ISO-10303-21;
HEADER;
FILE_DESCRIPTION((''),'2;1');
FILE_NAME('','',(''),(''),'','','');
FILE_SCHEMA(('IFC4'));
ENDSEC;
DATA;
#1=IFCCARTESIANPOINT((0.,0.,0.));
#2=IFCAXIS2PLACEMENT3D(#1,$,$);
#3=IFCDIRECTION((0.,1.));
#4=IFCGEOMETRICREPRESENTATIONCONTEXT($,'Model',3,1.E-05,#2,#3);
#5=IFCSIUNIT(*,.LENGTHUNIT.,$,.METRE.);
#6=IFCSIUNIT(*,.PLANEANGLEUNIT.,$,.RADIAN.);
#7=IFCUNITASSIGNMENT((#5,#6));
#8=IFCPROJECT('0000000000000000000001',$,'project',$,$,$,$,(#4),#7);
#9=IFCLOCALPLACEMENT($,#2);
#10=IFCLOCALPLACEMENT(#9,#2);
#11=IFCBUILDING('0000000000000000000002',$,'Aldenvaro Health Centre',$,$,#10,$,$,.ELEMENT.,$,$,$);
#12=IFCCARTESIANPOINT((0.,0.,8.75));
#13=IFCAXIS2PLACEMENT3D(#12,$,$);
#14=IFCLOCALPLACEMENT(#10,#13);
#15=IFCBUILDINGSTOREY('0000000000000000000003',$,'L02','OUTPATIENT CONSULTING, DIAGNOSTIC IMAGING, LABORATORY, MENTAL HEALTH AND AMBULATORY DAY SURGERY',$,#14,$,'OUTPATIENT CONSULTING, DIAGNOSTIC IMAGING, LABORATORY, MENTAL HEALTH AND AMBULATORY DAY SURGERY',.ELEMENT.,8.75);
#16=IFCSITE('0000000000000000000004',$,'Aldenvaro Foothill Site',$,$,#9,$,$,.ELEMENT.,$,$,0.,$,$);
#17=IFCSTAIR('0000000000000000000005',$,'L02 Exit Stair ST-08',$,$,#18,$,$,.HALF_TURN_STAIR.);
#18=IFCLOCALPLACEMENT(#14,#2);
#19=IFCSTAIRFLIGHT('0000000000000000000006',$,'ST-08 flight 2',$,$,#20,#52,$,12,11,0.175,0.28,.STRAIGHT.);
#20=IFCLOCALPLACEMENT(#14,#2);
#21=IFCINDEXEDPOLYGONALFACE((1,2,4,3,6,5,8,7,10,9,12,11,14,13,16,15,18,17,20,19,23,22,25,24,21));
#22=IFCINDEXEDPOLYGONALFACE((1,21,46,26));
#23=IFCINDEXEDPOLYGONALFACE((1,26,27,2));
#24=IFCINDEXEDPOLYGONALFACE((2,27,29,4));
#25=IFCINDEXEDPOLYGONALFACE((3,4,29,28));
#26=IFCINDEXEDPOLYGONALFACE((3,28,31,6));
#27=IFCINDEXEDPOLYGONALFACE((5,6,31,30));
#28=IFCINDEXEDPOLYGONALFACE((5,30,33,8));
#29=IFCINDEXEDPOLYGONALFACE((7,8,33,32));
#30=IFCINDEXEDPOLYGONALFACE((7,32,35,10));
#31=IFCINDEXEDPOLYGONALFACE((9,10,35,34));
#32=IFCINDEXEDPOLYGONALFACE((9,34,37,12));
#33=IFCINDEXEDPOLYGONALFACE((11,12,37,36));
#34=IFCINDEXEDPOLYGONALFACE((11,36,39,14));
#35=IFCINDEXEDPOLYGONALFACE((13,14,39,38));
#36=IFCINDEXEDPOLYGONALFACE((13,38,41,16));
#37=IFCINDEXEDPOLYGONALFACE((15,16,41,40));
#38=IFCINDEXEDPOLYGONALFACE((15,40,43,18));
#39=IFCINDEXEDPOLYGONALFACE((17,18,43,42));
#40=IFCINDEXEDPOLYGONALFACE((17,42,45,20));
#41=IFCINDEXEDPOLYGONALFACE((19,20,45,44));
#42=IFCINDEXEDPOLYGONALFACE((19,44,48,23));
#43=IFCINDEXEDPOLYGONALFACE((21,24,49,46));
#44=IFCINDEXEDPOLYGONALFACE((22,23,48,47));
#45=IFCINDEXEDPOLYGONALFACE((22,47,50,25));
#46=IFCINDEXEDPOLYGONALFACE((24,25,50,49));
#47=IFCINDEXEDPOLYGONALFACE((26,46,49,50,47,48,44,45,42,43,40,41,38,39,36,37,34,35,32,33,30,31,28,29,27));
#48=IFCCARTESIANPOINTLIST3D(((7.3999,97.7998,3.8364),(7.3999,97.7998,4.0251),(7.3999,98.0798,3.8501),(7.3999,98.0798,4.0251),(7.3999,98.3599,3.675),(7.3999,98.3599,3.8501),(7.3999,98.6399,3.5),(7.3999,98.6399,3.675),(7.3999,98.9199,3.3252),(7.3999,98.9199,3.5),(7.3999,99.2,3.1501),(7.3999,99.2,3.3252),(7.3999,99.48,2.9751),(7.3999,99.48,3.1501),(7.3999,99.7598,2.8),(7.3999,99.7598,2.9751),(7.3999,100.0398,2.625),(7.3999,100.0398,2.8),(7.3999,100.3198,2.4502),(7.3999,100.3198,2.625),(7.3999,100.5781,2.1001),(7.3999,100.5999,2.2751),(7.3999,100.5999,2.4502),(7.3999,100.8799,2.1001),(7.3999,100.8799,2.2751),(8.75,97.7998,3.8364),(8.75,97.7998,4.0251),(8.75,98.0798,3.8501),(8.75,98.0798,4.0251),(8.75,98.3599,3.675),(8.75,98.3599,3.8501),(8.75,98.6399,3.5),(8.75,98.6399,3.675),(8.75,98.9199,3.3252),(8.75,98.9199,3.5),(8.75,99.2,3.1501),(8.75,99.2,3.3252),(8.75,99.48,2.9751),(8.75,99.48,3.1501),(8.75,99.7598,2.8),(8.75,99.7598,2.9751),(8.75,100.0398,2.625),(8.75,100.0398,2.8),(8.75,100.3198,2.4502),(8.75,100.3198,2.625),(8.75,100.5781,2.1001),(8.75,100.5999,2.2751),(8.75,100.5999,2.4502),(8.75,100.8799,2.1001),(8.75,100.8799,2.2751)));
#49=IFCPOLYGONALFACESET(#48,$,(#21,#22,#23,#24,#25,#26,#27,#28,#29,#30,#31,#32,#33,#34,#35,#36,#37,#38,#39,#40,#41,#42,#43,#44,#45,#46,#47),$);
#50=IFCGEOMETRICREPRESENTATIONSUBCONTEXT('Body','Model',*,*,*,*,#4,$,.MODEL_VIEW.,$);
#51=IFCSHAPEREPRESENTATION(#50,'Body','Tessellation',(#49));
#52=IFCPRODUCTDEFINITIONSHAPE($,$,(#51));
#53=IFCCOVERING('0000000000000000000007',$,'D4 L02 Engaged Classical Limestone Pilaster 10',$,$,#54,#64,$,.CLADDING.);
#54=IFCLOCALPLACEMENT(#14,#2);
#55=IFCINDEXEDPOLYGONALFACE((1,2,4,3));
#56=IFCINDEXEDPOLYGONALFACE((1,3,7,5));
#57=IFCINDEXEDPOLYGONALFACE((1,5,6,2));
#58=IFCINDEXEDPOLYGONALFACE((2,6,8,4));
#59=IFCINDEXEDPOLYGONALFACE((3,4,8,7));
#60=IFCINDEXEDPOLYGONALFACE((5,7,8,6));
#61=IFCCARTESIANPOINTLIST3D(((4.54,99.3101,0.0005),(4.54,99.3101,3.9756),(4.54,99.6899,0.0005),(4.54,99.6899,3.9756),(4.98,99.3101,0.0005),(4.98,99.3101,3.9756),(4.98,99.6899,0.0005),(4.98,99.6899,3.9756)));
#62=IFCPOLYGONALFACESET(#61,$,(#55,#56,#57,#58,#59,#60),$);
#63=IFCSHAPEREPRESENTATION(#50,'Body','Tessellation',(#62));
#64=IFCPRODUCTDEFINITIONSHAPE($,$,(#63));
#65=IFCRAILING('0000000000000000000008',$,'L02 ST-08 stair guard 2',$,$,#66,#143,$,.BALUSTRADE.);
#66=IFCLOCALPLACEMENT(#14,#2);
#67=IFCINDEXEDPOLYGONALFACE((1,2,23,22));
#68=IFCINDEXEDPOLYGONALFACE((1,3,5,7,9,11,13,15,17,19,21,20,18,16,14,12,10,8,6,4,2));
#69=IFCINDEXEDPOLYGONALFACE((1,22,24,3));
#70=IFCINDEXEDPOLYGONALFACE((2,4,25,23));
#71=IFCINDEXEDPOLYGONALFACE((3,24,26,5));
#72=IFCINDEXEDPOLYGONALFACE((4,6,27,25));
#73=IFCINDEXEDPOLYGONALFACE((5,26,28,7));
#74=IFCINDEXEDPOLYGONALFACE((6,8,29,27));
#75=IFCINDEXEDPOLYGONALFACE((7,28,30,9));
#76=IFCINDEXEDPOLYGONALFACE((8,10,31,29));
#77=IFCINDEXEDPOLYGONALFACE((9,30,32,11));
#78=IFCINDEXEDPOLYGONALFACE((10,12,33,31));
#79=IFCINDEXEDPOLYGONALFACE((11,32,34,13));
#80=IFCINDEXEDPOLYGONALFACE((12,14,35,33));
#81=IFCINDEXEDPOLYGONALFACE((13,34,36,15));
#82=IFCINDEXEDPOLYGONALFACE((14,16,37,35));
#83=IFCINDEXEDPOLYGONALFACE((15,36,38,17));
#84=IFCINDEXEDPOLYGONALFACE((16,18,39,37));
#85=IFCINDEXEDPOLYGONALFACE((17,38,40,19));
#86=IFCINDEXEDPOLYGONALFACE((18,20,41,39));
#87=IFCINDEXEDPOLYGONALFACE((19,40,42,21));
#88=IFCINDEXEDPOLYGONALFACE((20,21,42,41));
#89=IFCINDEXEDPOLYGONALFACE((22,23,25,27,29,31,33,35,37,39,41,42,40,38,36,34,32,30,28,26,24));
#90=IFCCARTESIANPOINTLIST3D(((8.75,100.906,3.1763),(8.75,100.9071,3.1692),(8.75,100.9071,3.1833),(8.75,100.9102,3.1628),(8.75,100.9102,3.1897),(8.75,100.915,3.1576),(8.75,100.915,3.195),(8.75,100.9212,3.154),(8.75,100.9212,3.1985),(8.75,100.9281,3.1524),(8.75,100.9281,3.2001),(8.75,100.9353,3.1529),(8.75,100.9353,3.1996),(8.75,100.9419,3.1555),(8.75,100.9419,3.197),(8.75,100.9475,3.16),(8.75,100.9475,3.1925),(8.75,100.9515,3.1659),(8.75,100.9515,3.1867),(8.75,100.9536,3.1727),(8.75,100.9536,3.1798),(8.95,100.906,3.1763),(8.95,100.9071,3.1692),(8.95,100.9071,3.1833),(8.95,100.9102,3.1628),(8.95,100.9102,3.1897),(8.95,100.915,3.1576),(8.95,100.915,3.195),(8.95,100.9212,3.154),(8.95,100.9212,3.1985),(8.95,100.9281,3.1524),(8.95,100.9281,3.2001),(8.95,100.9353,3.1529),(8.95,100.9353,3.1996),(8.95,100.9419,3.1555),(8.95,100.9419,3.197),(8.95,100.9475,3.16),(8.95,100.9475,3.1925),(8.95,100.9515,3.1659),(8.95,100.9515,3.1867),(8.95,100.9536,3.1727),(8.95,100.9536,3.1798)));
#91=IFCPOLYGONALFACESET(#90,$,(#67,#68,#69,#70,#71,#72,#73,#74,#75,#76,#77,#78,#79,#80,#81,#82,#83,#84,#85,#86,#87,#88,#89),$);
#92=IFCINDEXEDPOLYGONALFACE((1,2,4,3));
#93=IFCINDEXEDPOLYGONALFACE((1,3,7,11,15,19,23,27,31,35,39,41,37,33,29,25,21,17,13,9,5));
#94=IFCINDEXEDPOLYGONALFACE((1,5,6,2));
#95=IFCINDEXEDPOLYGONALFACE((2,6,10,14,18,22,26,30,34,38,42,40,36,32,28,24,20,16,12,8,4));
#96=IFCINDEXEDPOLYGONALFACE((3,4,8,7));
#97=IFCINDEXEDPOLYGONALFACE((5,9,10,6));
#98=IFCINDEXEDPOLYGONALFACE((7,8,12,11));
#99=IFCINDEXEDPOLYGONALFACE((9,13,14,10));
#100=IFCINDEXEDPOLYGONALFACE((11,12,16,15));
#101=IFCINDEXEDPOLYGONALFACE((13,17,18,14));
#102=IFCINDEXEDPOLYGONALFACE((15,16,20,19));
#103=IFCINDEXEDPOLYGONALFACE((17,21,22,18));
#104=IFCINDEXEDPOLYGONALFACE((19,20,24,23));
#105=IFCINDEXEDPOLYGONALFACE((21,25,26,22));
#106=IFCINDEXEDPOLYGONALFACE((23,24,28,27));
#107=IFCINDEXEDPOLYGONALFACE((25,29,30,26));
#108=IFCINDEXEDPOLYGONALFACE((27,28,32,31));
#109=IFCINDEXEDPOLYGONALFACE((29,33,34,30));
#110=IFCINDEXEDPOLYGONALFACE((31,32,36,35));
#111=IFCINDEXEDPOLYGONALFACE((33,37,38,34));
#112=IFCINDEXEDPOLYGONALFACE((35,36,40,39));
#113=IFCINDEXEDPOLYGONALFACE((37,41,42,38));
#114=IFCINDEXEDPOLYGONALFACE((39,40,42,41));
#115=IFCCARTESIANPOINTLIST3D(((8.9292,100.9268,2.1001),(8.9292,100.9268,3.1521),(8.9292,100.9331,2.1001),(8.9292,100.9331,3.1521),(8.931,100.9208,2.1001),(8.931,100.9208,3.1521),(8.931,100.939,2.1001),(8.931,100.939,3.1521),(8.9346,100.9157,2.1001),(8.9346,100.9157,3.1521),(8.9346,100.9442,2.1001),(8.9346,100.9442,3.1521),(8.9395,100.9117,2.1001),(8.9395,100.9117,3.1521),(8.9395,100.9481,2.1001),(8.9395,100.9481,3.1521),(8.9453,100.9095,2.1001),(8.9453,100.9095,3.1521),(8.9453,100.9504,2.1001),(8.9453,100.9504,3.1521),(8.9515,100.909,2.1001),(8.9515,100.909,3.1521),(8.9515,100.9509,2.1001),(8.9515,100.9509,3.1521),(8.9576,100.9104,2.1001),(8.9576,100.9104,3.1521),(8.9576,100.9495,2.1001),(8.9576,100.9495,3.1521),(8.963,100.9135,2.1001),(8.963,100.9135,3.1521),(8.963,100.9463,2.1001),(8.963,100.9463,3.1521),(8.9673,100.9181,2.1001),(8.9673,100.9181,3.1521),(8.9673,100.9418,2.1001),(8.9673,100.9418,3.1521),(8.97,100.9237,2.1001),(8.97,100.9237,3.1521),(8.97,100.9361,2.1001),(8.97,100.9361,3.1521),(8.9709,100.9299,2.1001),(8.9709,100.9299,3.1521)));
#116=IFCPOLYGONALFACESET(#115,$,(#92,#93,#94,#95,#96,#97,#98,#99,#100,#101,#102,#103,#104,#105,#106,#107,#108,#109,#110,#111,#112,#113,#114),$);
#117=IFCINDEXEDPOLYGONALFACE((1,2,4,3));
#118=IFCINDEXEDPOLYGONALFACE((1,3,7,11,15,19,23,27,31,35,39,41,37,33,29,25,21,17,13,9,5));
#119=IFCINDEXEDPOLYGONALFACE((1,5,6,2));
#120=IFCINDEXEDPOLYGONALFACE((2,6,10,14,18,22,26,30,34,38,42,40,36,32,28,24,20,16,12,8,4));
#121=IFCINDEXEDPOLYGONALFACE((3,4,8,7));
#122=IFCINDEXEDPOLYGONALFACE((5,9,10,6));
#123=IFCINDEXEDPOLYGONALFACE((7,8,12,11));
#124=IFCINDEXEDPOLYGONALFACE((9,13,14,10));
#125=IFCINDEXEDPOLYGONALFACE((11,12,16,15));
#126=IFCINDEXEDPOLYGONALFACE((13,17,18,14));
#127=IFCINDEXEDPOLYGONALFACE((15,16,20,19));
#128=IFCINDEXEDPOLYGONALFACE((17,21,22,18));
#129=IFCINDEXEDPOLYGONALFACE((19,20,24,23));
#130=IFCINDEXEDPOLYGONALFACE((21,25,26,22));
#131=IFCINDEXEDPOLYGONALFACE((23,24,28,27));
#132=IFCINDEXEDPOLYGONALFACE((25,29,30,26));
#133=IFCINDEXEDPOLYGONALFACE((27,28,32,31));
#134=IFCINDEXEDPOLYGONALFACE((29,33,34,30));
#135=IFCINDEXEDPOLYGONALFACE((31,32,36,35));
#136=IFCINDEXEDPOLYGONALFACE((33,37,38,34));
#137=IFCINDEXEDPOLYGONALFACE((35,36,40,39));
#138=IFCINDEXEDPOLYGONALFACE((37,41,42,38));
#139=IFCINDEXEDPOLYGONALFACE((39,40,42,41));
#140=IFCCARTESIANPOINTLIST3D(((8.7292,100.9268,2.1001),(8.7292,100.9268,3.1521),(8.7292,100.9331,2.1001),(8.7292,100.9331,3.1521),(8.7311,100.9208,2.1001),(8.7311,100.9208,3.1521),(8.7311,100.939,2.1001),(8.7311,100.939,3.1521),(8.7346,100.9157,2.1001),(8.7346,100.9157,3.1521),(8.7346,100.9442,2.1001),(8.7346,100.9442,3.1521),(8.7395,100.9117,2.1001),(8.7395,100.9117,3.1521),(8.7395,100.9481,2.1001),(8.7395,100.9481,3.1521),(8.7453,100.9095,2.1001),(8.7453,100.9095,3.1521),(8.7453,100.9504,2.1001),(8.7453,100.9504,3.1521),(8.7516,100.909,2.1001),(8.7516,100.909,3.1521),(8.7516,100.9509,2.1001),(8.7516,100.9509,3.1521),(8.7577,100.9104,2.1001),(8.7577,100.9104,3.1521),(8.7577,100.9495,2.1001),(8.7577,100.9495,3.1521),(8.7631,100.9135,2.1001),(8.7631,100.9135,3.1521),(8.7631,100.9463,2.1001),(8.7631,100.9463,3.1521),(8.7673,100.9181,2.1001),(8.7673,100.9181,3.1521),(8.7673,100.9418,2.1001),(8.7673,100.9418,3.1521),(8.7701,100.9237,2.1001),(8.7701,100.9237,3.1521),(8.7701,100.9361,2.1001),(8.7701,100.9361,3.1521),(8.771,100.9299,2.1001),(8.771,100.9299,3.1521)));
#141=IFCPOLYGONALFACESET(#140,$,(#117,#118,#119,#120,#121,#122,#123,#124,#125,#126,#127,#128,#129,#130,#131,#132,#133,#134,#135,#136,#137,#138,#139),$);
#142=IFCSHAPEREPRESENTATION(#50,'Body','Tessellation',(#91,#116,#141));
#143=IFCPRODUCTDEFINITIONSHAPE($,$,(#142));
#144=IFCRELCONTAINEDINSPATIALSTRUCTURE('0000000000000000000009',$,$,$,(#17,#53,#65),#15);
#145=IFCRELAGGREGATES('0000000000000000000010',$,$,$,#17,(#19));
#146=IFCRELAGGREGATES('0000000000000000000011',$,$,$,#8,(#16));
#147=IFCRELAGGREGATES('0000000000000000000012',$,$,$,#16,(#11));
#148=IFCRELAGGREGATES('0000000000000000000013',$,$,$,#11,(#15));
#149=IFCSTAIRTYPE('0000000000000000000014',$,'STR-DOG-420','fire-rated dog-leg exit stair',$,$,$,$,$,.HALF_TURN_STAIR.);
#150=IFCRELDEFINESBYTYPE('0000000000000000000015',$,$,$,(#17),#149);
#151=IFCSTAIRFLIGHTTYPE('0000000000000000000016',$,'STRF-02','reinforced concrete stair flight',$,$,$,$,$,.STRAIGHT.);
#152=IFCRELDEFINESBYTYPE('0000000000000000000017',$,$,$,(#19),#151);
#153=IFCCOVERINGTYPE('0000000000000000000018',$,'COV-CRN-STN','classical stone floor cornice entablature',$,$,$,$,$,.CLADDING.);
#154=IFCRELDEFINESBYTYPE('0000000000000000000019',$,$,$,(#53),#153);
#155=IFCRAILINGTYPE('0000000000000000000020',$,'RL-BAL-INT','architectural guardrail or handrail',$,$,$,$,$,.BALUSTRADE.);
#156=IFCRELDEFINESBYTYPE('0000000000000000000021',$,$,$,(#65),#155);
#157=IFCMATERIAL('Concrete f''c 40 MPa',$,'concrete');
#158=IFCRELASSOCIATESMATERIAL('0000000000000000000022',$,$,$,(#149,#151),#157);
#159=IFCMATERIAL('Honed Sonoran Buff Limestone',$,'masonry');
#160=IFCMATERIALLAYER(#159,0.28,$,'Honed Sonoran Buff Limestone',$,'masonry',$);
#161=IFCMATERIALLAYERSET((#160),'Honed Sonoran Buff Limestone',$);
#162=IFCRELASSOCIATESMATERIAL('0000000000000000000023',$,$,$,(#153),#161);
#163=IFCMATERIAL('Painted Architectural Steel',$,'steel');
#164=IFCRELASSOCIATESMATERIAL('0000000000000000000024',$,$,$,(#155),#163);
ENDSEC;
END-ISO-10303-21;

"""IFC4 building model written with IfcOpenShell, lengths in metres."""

from ifc_helpers import new_model, si_unit, direction, frame, origin, origin_2d, place, context, subcontext, project, spatial, polyline, rectangle, circle, outline, extrude, material, layer, layer_set, type_object, element, aggregate, save


model = new_model("IFC4")

# Units and contexts
model_context = context("Model", 3, precision=1e-05, world=origin(), true_north=direction((0.0, 1.0)))
body_context = subcontext(model_context, "Body", "Model", "MODEL_VIEW")
ifc_project = project(units=[si_unit("LENGTHUNIT", "METRE"), si_unit("PLANEANGLEUNIT", "RADIAN")], contexts=[model_context])

# Site, building, storey
site_placement = place(None, origin())
site = spatial("IfcSite", under=ifc_project, at=site_placement, Name="Aldenvaro Foothill Site", CompositionType="ELEMENT", RefElevation=0.0)
building_placement = place(site_placement, origin())
building = spatial("IfcBuilding", under=site, at=building_placement, Name="Aldenvaro Health Centre", CompositionType="ELEMENT")
storey_placement = place(building_placement, frame((0.0, 0.0, 8.75)))
storey = spatial("IfcBuildingStorey", under=building, at=storey_placement, Name="L02", Description="OUTPATIENT CONSULTING, DIAGNOSTIC IMAGING, LABORATORY, MENTAL HEALTH AND AMBULATORY DAY SURGERY", LongName="OUTPATIENT CONSULTING, DIAGNOSTIC IMAGING, LABORATORY, MENTAL HEALTH AND AMBULATORY DAY SURGERY", CompositionType="ELEMENT", Elevation=8.75)

# Shared definitions
ifc_material_1 = material(Name="Concrete f'c 40 MPa", Category="concrete")

# Stair, stair flight
stair_type = type_object("IfcStairType", Name="STR-DOG-420", Description="fire-rated dog-leg exit stair", PredefinedType="HALF_TURN_STAIR", material=ifc_material_1)
stair_placement = place(storey_placement, origin())
stair = element("IfcStair", 1, at=stair_placement, inside=storey, type_object=stair_type, Name="L02 Exit Stair ST-08", PredefinedType="HALF_TURN_STAIR")
stair_flight_type = type_object("IfcStairFlightType", Name="STRF-02", Description="reinforced concrete stair flight", PredefinedType="STRAIGHT", material=ifc_material_1)
stair_flight_placement = place(storey_placement, frame((8.075, 100.8799, 2.1001), z_axis=(0.0, 0.0, 1.0), x_axis=(0.0, -1.0, 0.0)))
stair_flight = element("IfcStairFlight", 2, at=stair_flight_placement, type_object=stair_flight_type, Name="ST-08 flight 2", NumberOfRisers=12, NumberOfTreads=11, PredefinedType="STRAIGHT", RiserHeight=0.175, TreadLength=0.28, context=body_context, shape_type="SweptSolid", body=[
    extrude(outline(polyline([(0.0, 0.0), (0.0, 0.175), (0.28, 0.175), (0.28, 0.3501), (0.5601, 0.3501), (0.5601, 0.5249), (0.8401, 0.5249), (0.8401, 0.7), (1.1201, 0.7), (1.1201, 0.875), (1.3999, 0.875), (1.3999, 1.05), (1.6799, 1.05), (1.6799, 1.2251), (1.96, 1.2251), (1.96, 1.3999), (2.24, 1.3999), (2.24, 1.575), (2.52, 1.575), (2.52, 1.75), (2.8, 1.75), (2.8, 1.925), (3.0801, 1.925), (3.0801, 2.1001), (3.0801, 1.7363), (0.3018, 0.0), (0.0, 0.0)])), frame((0.0, 0.675, 0.0), z_axis=(0.0, -1.0, 0.0), x_axis=(1.0, 0.0, 0.0)), (0.0, 0.0, 1.0), 1.3501),
])
aggregate(stair, [stair_flight])

# Covering
ifc_material_2 = material(Name="Honed Sonoran Buff Limestone", Category="masonry")
ifc_layer_1 = layer(ifc_material_2, 0.28, Name="Honed Sonoran Buff Limestone", Category="masonry")
ifc_layer_set_1 = layer_set([ifc_layer_1], Name="Honed Sonoran Buff Limestone")
covering_type = type_object("IfcCoveringType", Name="COV-CRN-STN", Description="classical stone floor cornice entablature", PredefinedType="CLADDING", material=ifc_layer_set_1)
covering_placement = place(storey_placement, frame((4.76, 99.5, 0.0005), z_axis=(0.0, 0.0, 1.0), x_axis=(-1.0, 0.0, 0.0)))
element("IfcCovering", 3, at=covering_placement, inside=storey, type_object=covering_type, Name="D4 L02 Engaged Classical Limestone Pilaster 10", PredefinedType="CLADDING", context=body_context, shape_type="SweptSolid", body=[
    extrude(rectangle(XDim=0.4399, YDim=0.3799, at=origin_2d()), origin(), (0.0, 0.0, 1.0), 3.9751),
])

# Railing
ifc_material_3 = material(Name="Painted Architectural Steel", Category="steel")
railing_type_1 = type_object("IfcRailingType", Name="RL-BAL-INT", Description="architectural guardrail or handrail", PredefinedType="BALUSTRADE", material=ifc_material_3)
railing_1_placement = place(storey_placement, frame((8.95, 100.9299, 2.1001)))
element("IfcRailing", 4, at=railing_1_placement, inside=storey, type_object=railing_type_1, Name="L02 ST-08 stair guard 2", PredefinedType="BALUSTRADE", context=body_context, shape_type="SweptSolid", body=[
    extrude(circle(Radius=0.0239, at=origin_2d()), frame((0.0, 0.0, 1.0762), z_axis=(-1.0, 0.0, 0.0), x_axis=(0.0, -1.0, 0.0)), (0.0, 0.0, 1.0), 0.2),
    extrude(circle(Radius=0.021, at=origin_2d()), origin(), (0.0, 0.0, 1.0), 1.052),
    extrude(circle(Radius=0.021, at=origin_2d()), frame((-0.2, 0.0, 0.0)), (0.0, 0.0, 1.0), 1.052),
])

save(model, "model.ifc")
